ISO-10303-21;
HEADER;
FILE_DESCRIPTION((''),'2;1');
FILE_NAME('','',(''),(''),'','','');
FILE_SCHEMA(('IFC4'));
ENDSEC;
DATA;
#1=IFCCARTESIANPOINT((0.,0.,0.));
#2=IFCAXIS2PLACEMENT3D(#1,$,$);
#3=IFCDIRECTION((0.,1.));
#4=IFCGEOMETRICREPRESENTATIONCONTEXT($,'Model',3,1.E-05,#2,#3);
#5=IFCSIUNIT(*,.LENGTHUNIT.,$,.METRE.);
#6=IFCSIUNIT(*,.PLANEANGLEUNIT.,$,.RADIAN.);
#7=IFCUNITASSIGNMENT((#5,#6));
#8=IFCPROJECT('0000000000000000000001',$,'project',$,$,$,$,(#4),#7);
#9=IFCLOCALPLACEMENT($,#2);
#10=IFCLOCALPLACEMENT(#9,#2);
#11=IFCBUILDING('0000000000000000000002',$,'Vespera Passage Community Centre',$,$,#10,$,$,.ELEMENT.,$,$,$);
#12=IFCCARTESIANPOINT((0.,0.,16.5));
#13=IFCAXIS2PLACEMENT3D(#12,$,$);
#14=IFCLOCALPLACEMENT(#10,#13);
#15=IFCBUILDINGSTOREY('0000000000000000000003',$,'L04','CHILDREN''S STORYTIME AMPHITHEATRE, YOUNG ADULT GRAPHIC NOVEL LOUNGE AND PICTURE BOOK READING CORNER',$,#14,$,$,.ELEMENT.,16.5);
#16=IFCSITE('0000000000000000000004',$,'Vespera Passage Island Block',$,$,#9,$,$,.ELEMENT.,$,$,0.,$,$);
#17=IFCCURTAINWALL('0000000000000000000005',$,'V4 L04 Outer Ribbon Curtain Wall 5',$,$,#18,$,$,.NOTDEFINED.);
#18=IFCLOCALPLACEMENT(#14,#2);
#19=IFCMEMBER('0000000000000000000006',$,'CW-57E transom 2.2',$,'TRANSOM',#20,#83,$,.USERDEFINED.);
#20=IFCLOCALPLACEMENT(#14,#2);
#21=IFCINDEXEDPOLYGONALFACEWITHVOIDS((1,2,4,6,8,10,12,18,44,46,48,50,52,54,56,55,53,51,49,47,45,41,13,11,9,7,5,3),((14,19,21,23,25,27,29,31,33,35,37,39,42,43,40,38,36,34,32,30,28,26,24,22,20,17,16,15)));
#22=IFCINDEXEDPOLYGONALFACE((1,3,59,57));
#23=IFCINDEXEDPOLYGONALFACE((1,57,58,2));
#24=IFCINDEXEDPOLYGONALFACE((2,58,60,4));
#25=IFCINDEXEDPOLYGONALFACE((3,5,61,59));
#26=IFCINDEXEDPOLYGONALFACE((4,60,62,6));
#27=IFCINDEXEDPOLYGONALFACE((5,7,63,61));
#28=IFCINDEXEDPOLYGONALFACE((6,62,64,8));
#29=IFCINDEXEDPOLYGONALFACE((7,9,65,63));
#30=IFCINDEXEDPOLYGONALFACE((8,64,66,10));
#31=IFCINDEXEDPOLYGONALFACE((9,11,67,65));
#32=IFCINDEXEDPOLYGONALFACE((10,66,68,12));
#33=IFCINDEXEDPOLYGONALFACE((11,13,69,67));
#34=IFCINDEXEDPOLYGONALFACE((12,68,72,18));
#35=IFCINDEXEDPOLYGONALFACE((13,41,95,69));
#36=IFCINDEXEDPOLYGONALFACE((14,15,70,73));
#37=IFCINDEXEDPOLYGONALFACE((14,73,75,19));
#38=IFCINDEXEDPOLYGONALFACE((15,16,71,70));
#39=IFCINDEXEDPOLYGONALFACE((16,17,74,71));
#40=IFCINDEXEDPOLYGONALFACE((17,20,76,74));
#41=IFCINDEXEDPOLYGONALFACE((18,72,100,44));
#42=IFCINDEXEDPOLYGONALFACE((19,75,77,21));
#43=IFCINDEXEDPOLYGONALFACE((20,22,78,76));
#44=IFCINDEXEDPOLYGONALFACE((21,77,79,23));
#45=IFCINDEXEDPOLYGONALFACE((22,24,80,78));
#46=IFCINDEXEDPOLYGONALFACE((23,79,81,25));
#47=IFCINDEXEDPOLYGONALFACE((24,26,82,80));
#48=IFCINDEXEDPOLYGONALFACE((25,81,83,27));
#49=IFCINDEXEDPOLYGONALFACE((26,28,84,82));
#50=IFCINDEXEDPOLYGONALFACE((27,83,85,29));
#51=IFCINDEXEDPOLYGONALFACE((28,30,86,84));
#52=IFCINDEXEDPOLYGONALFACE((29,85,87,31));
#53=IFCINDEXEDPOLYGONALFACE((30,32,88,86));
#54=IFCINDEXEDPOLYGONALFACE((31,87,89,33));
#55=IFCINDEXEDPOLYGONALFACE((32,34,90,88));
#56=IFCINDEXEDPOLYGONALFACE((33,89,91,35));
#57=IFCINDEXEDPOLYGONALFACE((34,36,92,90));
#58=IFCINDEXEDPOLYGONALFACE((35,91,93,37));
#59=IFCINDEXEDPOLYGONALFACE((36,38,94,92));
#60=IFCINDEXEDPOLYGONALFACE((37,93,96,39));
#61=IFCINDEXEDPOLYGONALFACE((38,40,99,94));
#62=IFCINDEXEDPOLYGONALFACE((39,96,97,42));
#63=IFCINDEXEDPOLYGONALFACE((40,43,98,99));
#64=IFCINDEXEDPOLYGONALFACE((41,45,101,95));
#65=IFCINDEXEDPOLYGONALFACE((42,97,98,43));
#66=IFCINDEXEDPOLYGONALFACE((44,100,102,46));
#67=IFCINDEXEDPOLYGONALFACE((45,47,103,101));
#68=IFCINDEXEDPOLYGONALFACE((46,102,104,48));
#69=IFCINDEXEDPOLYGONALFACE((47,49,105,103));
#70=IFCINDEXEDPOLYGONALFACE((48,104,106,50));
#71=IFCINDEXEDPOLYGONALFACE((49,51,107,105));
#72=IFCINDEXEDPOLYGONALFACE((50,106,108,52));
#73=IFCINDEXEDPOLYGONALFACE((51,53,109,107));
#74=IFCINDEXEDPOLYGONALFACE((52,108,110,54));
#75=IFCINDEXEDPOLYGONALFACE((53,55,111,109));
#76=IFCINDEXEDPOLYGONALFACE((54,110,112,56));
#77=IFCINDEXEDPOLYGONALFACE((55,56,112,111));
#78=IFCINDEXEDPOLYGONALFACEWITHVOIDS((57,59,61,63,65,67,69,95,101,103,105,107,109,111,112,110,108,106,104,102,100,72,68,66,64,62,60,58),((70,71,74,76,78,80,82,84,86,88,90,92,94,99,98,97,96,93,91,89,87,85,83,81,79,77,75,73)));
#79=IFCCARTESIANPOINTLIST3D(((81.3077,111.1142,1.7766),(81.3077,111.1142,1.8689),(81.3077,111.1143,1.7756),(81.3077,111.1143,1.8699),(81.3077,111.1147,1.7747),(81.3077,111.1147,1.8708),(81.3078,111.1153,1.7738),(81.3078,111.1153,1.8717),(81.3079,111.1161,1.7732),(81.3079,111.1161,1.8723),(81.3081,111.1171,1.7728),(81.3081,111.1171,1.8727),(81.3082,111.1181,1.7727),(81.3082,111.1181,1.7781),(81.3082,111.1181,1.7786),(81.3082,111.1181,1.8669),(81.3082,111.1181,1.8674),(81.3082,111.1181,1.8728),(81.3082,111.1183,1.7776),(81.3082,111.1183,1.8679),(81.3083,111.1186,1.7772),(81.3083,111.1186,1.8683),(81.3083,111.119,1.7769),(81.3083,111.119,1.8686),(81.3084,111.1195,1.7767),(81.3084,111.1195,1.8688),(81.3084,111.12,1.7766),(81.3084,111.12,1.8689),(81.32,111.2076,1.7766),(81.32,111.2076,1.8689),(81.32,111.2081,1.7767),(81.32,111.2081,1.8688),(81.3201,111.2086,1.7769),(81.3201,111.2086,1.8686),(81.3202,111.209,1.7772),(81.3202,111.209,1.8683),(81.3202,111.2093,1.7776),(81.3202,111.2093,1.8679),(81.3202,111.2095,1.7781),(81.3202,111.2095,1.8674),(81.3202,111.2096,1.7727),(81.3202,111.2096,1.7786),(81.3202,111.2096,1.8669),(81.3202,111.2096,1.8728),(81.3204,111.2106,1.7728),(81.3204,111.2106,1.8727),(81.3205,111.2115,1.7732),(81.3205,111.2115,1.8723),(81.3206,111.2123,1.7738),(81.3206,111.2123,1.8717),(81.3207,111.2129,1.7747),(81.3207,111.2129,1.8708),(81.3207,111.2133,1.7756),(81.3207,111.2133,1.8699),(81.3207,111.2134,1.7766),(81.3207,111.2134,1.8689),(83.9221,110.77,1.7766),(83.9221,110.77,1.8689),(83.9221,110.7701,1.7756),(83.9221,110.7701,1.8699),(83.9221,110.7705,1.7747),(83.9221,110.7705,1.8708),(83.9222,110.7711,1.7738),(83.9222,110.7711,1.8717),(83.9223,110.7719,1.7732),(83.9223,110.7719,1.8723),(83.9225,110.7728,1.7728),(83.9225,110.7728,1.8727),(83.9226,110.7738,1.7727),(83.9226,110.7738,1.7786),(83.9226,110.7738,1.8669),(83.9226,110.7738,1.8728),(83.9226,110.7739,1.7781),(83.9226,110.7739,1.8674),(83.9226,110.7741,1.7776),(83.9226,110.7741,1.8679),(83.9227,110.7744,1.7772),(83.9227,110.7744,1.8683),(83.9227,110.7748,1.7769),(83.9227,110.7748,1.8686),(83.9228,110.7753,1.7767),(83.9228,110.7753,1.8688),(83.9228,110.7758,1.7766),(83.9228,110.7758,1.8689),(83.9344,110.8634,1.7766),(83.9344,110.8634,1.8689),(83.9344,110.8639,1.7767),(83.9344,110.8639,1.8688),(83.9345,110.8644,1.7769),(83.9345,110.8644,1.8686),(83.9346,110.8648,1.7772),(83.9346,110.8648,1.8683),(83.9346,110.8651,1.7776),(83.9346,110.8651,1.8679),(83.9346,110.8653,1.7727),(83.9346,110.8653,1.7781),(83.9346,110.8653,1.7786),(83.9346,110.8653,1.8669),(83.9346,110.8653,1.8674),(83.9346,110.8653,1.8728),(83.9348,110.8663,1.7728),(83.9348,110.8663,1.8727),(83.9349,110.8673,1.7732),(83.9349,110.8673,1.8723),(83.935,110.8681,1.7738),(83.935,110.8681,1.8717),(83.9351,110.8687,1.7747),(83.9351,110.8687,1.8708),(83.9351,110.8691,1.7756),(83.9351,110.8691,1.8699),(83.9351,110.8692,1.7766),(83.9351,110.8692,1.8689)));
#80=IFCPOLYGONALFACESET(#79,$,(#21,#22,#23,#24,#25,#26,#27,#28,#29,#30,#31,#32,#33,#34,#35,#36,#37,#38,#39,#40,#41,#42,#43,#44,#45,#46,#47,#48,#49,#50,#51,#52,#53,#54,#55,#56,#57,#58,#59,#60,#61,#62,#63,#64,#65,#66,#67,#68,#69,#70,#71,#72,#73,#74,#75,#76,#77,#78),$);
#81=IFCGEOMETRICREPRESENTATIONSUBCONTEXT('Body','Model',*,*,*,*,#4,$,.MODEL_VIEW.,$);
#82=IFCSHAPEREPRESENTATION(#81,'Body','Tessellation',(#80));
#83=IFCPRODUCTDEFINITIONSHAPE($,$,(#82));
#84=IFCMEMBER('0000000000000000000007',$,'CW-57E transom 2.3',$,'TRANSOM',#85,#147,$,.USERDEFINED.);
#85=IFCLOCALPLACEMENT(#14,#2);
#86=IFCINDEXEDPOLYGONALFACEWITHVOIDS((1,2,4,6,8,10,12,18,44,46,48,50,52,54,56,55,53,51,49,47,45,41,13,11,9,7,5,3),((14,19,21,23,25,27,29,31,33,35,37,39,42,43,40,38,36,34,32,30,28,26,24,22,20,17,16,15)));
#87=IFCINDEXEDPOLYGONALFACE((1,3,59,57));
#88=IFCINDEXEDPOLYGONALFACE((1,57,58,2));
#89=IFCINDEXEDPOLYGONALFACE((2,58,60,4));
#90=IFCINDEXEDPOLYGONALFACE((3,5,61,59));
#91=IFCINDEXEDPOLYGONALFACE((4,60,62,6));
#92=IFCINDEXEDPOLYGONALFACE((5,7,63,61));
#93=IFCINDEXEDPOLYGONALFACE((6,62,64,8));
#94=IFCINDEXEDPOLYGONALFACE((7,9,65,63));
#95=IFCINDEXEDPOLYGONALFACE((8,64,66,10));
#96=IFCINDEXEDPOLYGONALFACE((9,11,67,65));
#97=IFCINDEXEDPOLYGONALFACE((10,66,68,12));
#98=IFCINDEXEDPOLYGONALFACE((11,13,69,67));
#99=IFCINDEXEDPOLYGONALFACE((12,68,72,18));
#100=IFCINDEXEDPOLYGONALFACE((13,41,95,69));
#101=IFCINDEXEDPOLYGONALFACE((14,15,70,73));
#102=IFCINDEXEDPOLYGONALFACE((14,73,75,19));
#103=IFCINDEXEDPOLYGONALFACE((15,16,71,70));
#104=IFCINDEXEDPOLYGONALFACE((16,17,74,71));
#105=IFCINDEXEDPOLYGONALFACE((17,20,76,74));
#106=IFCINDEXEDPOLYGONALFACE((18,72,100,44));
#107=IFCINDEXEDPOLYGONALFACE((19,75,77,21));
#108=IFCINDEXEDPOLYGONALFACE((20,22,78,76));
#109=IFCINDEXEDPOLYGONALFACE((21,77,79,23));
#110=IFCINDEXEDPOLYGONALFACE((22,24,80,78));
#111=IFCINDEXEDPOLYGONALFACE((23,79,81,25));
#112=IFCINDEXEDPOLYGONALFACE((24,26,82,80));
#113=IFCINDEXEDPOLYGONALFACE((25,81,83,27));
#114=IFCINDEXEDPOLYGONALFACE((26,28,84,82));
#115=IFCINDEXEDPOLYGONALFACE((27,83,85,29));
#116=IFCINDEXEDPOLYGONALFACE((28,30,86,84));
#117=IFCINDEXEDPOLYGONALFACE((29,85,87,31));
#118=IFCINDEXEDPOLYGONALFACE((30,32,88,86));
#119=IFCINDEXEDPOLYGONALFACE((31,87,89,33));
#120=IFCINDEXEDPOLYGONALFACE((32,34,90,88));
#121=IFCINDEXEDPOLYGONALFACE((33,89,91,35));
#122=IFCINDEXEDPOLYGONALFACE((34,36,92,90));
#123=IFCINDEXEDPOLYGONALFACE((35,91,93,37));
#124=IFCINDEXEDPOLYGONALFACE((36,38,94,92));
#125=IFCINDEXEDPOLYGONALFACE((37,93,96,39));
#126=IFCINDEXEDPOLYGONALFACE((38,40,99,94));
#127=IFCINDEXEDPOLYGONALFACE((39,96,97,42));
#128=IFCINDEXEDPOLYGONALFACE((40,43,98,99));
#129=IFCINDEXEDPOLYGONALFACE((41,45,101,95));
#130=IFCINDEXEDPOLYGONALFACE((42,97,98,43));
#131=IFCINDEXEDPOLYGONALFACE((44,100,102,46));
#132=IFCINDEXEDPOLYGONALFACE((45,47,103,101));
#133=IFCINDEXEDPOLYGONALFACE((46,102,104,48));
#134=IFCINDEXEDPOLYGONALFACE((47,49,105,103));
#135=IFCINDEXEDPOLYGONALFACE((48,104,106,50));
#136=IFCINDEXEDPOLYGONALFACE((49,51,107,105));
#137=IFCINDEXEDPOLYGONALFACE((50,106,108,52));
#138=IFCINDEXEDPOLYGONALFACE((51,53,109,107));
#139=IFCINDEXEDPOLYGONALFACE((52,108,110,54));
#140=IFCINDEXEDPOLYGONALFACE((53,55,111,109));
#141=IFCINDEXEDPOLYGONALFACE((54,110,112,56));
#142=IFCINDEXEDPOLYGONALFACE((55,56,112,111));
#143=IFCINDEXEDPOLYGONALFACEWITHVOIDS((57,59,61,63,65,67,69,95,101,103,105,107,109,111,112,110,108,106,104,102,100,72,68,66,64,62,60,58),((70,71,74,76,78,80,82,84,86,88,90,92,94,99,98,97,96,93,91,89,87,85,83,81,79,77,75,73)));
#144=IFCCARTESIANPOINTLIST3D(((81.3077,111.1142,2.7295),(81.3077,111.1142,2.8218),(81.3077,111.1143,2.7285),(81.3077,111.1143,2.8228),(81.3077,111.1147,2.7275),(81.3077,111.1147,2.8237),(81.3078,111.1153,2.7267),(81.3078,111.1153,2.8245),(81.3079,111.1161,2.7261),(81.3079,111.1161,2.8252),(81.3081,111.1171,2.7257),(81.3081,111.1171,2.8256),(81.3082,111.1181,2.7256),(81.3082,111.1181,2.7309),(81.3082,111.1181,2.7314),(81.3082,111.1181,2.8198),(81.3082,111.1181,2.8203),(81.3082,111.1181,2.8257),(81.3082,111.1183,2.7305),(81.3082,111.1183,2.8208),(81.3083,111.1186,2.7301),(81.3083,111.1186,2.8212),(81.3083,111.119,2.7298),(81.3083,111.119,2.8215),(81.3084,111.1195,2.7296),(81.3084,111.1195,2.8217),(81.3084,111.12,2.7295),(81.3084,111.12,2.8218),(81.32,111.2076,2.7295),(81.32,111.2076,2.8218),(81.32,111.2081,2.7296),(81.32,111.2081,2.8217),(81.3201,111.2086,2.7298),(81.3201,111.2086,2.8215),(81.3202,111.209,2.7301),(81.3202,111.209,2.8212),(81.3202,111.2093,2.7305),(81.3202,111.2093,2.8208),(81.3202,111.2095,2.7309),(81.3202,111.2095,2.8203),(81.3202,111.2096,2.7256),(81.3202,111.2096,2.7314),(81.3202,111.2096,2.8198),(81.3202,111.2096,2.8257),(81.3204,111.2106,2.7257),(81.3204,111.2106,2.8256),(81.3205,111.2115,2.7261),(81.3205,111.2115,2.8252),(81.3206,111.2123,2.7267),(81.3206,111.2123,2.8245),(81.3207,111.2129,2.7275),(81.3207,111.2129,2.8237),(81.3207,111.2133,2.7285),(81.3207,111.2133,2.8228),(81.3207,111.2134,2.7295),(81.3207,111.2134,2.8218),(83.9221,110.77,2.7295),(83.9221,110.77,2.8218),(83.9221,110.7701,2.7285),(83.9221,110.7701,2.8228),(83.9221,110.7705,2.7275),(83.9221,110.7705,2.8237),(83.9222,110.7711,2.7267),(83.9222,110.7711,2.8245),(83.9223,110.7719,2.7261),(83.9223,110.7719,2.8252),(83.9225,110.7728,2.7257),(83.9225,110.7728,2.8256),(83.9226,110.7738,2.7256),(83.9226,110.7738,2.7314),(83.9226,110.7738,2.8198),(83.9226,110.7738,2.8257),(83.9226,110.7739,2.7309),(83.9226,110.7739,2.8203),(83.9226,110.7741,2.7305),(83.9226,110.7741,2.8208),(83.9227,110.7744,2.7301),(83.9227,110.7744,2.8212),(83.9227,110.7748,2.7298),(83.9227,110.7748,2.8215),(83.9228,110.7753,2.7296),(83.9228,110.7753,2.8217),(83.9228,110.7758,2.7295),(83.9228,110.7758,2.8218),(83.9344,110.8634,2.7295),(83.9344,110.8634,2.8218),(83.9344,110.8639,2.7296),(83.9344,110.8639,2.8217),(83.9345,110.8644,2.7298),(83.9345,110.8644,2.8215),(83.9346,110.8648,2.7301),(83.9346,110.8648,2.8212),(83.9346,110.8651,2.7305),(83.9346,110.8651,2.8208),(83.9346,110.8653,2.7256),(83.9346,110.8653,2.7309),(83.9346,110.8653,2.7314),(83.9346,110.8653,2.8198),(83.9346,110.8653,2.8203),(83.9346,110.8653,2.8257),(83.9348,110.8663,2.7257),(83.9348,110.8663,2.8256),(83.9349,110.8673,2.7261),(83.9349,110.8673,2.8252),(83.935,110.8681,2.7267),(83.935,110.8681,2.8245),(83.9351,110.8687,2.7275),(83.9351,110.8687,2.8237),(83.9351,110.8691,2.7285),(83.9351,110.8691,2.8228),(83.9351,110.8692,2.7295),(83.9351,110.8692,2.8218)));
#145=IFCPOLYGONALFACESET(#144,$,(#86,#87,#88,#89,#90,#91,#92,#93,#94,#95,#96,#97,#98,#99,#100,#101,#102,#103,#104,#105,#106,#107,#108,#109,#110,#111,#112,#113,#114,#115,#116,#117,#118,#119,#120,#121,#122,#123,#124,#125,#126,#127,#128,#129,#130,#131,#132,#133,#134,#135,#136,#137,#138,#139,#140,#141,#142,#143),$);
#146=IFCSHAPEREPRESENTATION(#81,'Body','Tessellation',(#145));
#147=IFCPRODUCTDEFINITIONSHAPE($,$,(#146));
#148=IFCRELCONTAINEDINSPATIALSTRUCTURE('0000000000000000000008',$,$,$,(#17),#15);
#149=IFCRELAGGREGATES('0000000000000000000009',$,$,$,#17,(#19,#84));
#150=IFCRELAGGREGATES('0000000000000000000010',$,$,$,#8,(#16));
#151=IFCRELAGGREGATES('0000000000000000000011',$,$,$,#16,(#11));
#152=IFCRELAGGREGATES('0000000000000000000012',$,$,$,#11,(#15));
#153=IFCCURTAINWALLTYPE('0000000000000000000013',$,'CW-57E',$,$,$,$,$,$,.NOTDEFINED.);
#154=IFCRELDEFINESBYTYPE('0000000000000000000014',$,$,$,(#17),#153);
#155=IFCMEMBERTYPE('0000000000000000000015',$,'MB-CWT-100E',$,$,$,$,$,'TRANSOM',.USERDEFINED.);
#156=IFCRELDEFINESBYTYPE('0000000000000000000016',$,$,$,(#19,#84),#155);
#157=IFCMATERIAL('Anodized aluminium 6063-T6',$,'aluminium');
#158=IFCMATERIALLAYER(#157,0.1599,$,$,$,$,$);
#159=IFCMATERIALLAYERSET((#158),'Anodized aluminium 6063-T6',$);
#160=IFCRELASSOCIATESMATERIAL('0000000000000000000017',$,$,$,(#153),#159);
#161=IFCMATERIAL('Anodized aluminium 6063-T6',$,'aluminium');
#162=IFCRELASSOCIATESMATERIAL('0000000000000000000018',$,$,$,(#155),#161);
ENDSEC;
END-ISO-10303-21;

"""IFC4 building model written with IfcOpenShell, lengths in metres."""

from ifc_helpers import new_model, si_unit, direction, frame, origin, origin_2d, place, context, subcontext, project, spatial, hollow_rectangle, extrude, material, layer, layer_set, material_profile, profile_set, type_object, element, aggregate, save


model = new_model("IFC4")

# Units and contexts
model_context = context("Model", 3, precision=1e-05, world=origin(), true_north=direction((0.0, 1.0)))
body_context = subcontext(model_context, "Body", "Model", "MODEL_VIEW")
ifc_project = project(units=[si_unit("LENGTHUNIT", "METRE"), si_unit("PLANEANGLEUNIT", "RADIAN")], contexts=[model_context])

# Site, building, storey
site_placement = place(None, origin())
site = spatial("IfcSite", under=ifc_project, at=site_placement, Name="Vespera Passage Island Block", CompositionType="ELEMENT", RefElevation=0.0)
building_placement = place(site_placement, origin())
building = spatial("IfcBuilding", under=site, at=building_placement, Name="Vespera Passage Community Centre", CompositionType="ELEMENT")
storey_placement = place(building_placement, frame((0.0, 0.0, 16.5)))
storey = spatial("IfcBuildingStorey", under=building, at=storey_placement, Name="L04", Description="CHILDREN'S STORYTIME AMPHITHEATRE, YOUNG ADULT GRAPHIC NOVEL LOUNGE AND PICTURE BOOK READING CORNER", CompositionType="ELEMENT", Elevation=16.5)

# Curtain wall, members
ifc_material_1 = material(Name="Anodized aluminium 6063-T6", Category="aluminium")
ifc_layer_1 = layer(ifc_material_1, 0.1599)
ifc_layer_set_1 = layer_set([ifc_layer_1], Name="Anodized aluminium 6063-T6")
curtain_wall_type = type_object("IfcCurtainWallType", Name="CW-57E", PredefinedType="NOTDEFINED", material=ifc_layer_set_1)
curtain_wall_placement = place(storey_placement, origin())
curtain_wall = element("IfcCurtainWall", 1, at=curtain_wall_placement, inside=storey, type_object=curtain_wall_type, Name="V4 L04 Outer Ribbon Curtain Wall 5", PredefinedType="NOTDEFINED")
ifc_material_2 = material(Name="Anodized aluminium 6063-T6", Category="aluminium")
ifc_material_profile_1 = material_profile(ifc_material_2, hollow_rectangle(XDim=0.1001, YDim=0.1001, WallThickness=0.0039, InnerFilletRadius=0.002, OuterFilletRadius=0.0039, at=origin_2d()), Name="ALU100X100X4")
ifc_profile_set_1 = profile_set([ifc_material_profile_1], Name="Anodized aluminium 6063-T6")
member_type_1 = type_object("IfcMemberType", Name="MB-CWT-100E", ElementType="TRANSOM", PredefinedType="USERDEFINED", material=ifc_profile_set_1)
member_1_placement = place(storey_placement, frame((81.3142, 111.1638, 1.8228), z_axis=(0.991443, -0.130538, 0.0), x_axis=(0.130538, 0.991443, 0.0)))
member_1 = element("IfcMember", 2, at=member_1_placement, type_object=member_type_1, Name="CW-57E transom 2.2", ObjectType="TRANSOM", PredefinedType="USERDEFINED", context=body_context, shape_type="SweptSolid", body=[
    extrude(hollow_rectangle(XDim=0.1001, YDim=0.1001, WallThickness=0.0039, InnerFilletRadius=0.002, OuterFilletRadius=0.0039, at=origin_2d()), origin(), (0.0, 0.0, 1.0), 2.637),
])
member_2_placement = place(storey_placement, frame((81.3142, 111.1638, 2.7756), z_axis=(0.991443, -0.130538, 0.0), x_axis=(0.130538, 0.991443, 0.0)))
member_2 = element("IfcMember", 3, at=member_2_placement, type_object=member_type_1, Name="CW-57E transom 2.3", ObjectType="TRANSOM", PredefinedType="USERDEFINED", context=body_context, shape_type="SweptSolid", body=[
    extrude(hollow_rectangle(XDim=0.1001, YDim=0.1001, WallThickness=0.0039, InnerFilletRadius=0.002, OuterFilletRadius=0.0039, at=origin_2d()), origin(), (0.0, 0.0, 1.0), 2.637),
])
aggregate(curtain_wall, [member_1, member_2])

save(model, "model.ifc")
